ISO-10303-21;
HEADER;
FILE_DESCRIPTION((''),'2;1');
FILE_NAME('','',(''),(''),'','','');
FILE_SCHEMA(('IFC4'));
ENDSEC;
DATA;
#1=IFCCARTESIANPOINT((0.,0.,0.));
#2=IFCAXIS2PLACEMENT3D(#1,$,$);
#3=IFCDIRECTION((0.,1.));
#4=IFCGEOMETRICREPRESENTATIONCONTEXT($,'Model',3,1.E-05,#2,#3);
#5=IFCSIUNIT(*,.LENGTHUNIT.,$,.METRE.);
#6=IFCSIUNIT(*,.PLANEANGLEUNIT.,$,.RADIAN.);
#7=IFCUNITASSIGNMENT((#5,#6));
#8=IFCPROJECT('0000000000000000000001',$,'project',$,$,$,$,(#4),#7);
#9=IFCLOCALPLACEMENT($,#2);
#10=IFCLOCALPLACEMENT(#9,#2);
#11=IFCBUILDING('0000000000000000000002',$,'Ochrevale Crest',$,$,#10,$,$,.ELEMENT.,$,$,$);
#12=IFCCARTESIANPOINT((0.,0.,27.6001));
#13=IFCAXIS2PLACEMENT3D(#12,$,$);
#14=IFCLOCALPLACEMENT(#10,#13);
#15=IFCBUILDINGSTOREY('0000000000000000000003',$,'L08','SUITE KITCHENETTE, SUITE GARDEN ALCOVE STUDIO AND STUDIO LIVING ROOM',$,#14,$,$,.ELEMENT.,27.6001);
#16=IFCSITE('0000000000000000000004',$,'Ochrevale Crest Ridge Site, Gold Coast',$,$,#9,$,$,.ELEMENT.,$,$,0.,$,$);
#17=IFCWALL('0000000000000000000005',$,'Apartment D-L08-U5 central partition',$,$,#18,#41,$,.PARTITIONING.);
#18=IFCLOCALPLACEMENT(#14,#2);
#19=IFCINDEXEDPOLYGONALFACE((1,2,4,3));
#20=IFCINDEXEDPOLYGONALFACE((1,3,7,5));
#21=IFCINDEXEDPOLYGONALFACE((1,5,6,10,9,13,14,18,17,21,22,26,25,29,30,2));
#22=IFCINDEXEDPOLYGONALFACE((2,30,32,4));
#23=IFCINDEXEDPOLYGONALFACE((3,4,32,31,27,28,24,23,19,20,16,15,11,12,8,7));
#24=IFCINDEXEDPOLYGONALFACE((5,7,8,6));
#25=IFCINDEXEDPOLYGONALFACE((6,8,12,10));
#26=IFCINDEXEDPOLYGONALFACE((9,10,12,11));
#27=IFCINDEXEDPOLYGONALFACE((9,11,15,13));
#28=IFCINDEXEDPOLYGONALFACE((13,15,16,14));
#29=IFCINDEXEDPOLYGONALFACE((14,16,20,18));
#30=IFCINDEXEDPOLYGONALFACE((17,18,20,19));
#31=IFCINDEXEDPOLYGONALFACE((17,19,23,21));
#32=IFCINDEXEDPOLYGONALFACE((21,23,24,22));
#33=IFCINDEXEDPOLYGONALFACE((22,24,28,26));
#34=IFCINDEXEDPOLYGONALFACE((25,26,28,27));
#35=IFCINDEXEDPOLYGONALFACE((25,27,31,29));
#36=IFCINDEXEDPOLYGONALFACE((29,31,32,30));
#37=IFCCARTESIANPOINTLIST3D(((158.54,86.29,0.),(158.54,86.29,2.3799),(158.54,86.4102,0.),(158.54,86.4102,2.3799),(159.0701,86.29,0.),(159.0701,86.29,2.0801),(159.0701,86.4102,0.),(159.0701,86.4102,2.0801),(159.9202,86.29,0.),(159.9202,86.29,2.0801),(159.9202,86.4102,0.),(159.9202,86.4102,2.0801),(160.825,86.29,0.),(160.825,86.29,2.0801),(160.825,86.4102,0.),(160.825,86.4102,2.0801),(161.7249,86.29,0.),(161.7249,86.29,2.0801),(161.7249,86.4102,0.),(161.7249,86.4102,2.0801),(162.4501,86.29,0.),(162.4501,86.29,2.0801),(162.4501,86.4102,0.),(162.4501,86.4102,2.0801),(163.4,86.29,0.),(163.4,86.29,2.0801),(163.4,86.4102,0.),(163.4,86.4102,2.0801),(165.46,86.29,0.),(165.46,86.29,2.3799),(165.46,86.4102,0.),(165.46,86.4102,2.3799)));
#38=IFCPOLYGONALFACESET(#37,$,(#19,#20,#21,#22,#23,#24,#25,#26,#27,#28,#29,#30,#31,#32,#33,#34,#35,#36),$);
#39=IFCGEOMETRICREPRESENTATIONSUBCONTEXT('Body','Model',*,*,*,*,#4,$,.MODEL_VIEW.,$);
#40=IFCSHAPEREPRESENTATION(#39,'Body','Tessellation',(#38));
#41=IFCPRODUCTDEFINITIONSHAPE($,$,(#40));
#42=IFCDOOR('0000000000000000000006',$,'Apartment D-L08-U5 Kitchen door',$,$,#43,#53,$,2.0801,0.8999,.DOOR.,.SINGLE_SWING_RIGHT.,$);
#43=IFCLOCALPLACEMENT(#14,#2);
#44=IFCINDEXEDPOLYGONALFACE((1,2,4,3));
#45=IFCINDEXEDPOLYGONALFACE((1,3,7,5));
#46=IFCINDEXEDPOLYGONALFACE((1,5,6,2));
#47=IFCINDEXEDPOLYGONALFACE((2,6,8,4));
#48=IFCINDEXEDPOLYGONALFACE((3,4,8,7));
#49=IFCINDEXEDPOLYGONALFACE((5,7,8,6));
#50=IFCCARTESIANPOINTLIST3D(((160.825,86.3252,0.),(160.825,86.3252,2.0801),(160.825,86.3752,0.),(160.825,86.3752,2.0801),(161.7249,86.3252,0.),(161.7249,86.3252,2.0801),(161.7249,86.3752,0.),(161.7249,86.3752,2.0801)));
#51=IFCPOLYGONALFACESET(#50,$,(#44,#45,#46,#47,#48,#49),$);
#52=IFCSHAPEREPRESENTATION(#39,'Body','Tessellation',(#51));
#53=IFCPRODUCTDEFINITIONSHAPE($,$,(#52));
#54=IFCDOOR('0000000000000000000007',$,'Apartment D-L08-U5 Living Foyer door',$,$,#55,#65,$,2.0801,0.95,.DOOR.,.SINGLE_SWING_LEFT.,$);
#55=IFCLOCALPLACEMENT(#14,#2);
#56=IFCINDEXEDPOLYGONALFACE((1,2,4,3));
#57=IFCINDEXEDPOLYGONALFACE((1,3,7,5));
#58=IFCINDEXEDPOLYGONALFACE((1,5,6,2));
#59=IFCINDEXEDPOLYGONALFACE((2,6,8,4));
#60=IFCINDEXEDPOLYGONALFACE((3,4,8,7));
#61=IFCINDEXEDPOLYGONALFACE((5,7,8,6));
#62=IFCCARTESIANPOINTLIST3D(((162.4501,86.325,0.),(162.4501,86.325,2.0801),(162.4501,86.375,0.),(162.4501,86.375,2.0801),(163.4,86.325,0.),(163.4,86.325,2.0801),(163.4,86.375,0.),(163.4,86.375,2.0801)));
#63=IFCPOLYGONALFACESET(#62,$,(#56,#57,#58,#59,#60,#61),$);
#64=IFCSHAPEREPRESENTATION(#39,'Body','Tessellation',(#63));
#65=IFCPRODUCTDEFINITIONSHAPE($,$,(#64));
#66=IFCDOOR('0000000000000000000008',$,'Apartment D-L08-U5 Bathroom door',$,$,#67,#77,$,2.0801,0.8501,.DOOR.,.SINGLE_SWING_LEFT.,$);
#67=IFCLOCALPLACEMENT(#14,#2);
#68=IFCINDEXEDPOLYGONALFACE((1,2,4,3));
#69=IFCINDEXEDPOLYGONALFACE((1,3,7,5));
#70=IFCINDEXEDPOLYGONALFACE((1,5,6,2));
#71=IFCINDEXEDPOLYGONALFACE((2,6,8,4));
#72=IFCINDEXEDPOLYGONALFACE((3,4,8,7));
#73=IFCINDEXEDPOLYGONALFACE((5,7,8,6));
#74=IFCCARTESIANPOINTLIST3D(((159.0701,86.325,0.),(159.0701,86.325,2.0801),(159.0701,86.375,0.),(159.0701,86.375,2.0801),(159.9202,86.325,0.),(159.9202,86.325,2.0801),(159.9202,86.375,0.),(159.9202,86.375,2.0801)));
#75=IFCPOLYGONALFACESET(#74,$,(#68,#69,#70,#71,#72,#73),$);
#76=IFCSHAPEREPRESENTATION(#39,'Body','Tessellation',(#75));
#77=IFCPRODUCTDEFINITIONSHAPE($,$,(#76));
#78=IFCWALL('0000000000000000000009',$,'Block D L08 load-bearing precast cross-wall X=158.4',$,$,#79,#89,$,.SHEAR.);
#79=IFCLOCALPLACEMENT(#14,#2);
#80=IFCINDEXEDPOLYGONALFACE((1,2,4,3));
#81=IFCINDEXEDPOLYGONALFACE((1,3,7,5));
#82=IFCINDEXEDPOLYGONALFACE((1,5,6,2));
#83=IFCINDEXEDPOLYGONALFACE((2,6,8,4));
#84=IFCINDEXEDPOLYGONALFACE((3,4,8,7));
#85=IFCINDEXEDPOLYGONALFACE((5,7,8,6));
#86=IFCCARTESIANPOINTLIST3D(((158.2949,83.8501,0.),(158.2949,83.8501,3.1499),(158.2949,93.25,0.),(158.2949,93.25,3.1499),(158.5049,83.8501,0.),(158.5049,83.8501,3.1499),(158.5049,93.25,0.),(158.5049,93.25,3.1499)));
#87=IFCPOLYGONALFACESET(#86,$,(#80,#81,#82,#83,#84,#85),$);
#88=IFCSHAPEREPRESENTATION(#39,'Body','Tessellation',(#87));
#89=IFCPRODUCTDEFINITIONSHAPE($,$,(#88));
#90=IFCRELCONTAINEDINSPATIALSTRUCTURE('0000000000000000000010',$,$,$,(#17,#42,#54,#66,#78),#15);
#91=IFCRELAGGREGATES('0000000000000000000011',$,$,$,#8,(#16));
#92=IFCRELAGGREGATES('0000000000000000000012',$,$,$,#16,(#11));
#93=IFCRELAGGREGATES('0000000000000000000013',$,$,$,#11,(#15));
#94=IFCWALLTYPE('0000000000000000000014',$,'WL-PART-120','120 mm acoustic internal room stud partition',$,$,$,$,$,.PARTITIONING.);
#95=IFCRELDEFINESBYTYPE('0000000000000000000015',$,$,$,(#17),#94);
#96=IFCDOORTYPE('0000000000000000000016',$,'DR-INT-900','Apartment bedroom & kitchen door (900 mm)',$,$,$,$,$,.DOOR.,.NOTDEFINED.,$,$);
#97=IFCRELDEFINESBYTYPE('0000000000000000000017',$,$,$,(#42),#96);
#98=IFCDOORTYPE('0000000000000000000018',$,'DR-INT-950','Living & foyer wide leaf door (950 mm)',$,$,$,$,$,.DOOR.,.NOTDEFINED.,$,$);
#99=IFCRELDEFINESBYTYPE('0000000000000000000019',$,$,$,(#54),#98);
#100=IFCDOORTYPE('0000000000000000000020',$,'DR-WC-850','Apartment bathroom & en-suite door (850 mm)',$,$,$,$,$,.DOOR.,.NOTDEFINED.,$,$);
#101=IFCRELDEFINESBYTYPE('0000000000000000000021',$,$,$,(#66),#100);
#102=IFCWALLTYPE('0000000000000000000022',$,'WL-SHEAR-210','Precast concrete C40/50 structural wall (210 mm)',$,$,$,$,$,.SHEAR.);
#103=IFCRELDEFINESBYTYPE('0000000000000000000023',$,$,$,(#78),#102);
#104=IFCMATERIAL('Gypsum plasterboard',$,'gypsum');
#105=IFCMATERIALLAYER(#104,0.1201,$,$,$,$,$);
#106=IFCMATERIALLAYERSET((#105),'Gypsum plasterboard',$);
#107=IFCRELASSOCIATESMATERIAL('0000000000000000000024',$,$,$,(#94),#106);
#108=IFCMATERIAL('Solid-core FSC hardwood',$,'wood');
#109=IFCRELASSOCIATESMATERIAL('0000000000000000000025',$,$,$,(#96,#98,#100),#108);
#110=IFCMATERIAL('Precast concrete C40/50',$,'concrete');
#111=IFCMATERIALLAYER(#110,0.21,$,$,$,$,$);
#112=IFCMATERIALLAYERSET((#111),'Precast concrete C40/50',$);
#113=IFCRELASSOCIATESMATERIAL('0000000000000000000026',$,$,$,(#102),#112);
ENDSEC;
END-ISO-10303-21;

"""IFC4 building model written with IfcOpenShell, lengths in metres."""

from ifc_helpers import new_model, si_unit, direction, frame, frame_2d, origin, place, context, subcontext, project, spatial, rectangle, extrude, material, layer, layer_set, type_object, element, fill, save


model = new_model("IFC4")

# Units and contexts
model_context = context("Model", 3, precision=1e-05, world=origin(), true_north=direction((0.0, 1.0)))
body_context = subcontext(model_context, "Body", "Model", "MODEL_VIEW")
ifc_project = project(units=[si_unit("LENGTHUNIT", "METRE"), si_unit("PLANEANGLEUNIT", "RADIAN")], contexts=[model_context])

# Site, building, storey
site_placement = place(None, origin())
site = spatial("IfcSite", under=ifc_project, at=site_placement, Name="Ochrevale Crest Ridge Site, Gold Coast", CompositionType="ELEMENT", RefElevation=0.0)
building_placement = place(site_placement, origin())
building = spatial("IfcBuilding", under=site, at=building_placement, Name="Ochrevale Crest", CompositionType="ELEMENT")
storey_placement = place(building_placement, frame((0.0, 0.0, 27.6001)))
storey = spatial("IfcBuildingStorey", under=building, at=storey_placement, Name="L08", Description="SUITE KITCHENETTE, SUITE GARDEN ALCOVE STUDIO AND STUDIO LIVING ROOM", CompositionType="ELEMENT", Elevation=27.6001)

# Shared definitions
ifc_material_1 = material(Name="Gypsum plasterboard", Category="gypsum")
ifc_material_2 = material(Name="Solid-core FSC hardwood", Category="wood")

# Shared definitions
ifc_layer_1 = layer(ifc_material_1, 0.1201)
ifc_layer_set_1 = layer_set([ifc_layer_1], Name="Gypsum plasterboard")
wall_type_1 = type_object("IfcWallType", Name="WL-PART-120", Description="120 mm acoustic internal room stud partition", PredefinedType="PARTITIONING", material=ifc_layer_set_1)

# Wall, openings, doors
wall_1_placement = place(storey_placement, frame((158.54, 86.3501, 0.0), z_axis=(0.0, 0.0, 1.0), x_axis=(1.0, 0.0, 0.0)))
wall_1 = element("IfcWall", 1, at=wall_1_placement, inside=storey, type_object=wall_type_1, Name="Apartment D-L08-U5 central partition", PredefinedType="PARTITIONING", context=body_context, shape_type="SweptSolid", body=[
    extrude(rectangle(XDim=6.9199, YDim=0.1201, at=frame_2d((3.46, 0.0))), origin(), (0.0, 0.0, 1.0), 2.3799),
])
opening_1_placement = place(wall_1_placement, frame((0.53, 0.0, 0.0)))
opening_1 = element("IfcOpeningElement", 2, at=opening_1_placement, cuts=wall_1, PredefinedType="OPENING", context=body_context, shape_type="SweptSolid", body=[
    extrude(rectangle(XDim=0.8501, YDim=2.0801, at=frame_2d((0.425, 1.04))), frame((0.0, 0.0701, 0.0), z_axis=(0.0, -1.0, 0.0), x_axis=(1.0, 0.0, 0.0)), (0.0, 0.0, 1.0), 0.1401),
])
opening_2_placement = place(wall_1_placement, frame((3.1848, 0.0, 0.0), z_axis=(0.0, 0.0, 1.0), x_axis=(-1.0, 0.0, 0.0)))
opening_2 = element("IfcOpeningElement", 3, at=opening_2_placement, cuts=wall_1, PredefinedType="OPENING", context=body_context, shape_type="SweptSolid", body=[
    extrude(rectangle(XDim=0.8999, YDim=2.0801, at=frame_2d((0.45, 1.04))), frame((0.0, 0.0701, 0.0), z_axis=(0.0, -1.0, 0.0), x_axis=(1.0, 0.0, 0.0)), (0.0, 0.0, 1.0), 0.1401),
])
opening_3_placement = place(wall_1_placement, frame((3.9099, 0.0, 0.0)))
opening_3 = element("IfcOpeningElement", 4, at=opening_3_placement, cuts=wall_1, PredefinedType="OPENING", context=body_context, shape_type="SweptSolid", body=[
    extrude(rectangle(XDim=0.95, YDim=2.0801, at=frame_2d((0.4751, 1.04))), frame((0.0, 0.0701, 0.0), z_axis=(0.0, -1.0, 0.0), x_axis=(1.0, 0.0, 0.0)), (0.0, 0.0, 1.0), 0.1401),
])
door_type_1 = type_object("IfcDoorType", Name="DR-INT-900", Description="Apartment bedroom & kitchen door (900 mm)", OperationType="NOTDEFINED", PredefinedType="DOOR", material=ifc_material_2)
door_1_placement = place(opening_2_placement, origin())
door_1 = element("IfcDoor", 5, at=door_1_placement, inside=storey, type_object=door_type_1, Name="Apartment D-L08-U5 Kitchen door", OperationType="SINGLE_SWING_RIGHT", OverallHeight=2.0801, OverallWidth=0.8999, PredefinedType="DOOR", context=body_context, shape_type="SweptSolid", body=[
    extrude(rectangle(XDim=0.8999, YDim=2.0801, at=frame_2d((0.45, 1.04))), frame((0.0, 0.0249, 0.0), z_axis=(0.0, -1.0, 0.0), x_axis=(1.0, 0.0, 0.0)), (0.0, 0.0, 1.0), 0.05),
])
fill(opening_2, door_1)
door_type_2 = type_object("IfcDoorType", Name="DR-INT-950", Description="Living & foyer wide leaf door (950 mm)", OperationType="NOTDEFINED", PredefinedType="DOOR", material=ifc_material_2)
door_2_placement = place(opening_3_placement, origin())
door_2 = element("IfcDoor", 6, at=door_2_placement, inside=storey, type_object=door_type_2, Name="Apartment D-L08-U5 Living Foyer door", OperationType="SINGLE_SWING_LEFT", OverallHeight=2.0801, OverallWidth=0.95, PredefinedType="DOOR", context=body_context, shape_type="SweptSolid", body=[
    extrude(rectangle(XDim=0.95, YDim=2.0801, at=frame_2d((0.4751, 1.04))), frame((0.0, 0.0249, 0.0), z_axis=(0.0, -1.0, 0.0), x_axis=(1.0, 0.0, 0.0)), (0.0, 0.0, 1.0), 0.05),
])
fill(opening_3, door_2)
door_type_3 = type_object("IfcDoorType", Name="DR-WC-850", Description="Apartment bathroom & en-suite door (850 mm)", OperationType="NOTDEFINED", PredefinedType="DOOR", material=ifc_material_2)
door_3_placement = place(opening_1_placement, origin())
door_3 = element("IfcDoor", 7, at=door_3_placement, inside=storey, type_object=door_type_3, Name="Apartment D-L08-U5 Bathroom door", OperationType="SINGLE_SWING_LEFT", OverallHeight=2.0801, OverallWidth=0.8501, PredefinedType="DOOR", context=body_context, shape_type="SweptSolid", body=[
    extrude(rectangle(XDim=0.8501, YDim=2.0801, at=frame_2d((0.425, 1.04))), frame((0.0, 0.0249, 0.0), z_axis=(0.0, -1.0, 0.0), x_axis=(1.0, 0.0, 0.0)), (0.0, 0.0, 1.0), 0.05),
])
fill(opening_1, door_3)

# Wall
ifc_material_3 = material(Name="Precast concrete C40/50", Category="concrete")
ifc_layer_2 = layer(ifc_material_3, 0.21)
ifc_layer_set_2 = layer_set([ifc_layer_2], Name="Precast concrete C40/50")
wall_type_2 = type_object("IfcWallType", Name="WL-SHEAR-210", Description="Precast concrete C40/50 structural wall (210 mm)", PredefinedType="SHEAR", material=ifc_layer_set_2)
wall_2_placement = place(storey_placement, frame((158.3999, 83.8501, 0.0), z_axis=(0.0, 0.0, 1.0), x_axis=(0.0, 1.0, 0.0)))
element("IfcWall", 8, at=wall_2_placement, inside=storey, type_object=wall_type_2, Name="Block D L08 load-bearing precast cross-wall X=158.4", PredefinedType="SHEAR", context=body_context, shape_type="SweptSolid", body=[
    extrude(rectangle(XDim=9.3999, YDim=0.21, at=frame_2d((4.7, 0.0))), origin(), (0.0, 0.0, 1.0), 3.1499),
])

save(model, "model.ifc")
